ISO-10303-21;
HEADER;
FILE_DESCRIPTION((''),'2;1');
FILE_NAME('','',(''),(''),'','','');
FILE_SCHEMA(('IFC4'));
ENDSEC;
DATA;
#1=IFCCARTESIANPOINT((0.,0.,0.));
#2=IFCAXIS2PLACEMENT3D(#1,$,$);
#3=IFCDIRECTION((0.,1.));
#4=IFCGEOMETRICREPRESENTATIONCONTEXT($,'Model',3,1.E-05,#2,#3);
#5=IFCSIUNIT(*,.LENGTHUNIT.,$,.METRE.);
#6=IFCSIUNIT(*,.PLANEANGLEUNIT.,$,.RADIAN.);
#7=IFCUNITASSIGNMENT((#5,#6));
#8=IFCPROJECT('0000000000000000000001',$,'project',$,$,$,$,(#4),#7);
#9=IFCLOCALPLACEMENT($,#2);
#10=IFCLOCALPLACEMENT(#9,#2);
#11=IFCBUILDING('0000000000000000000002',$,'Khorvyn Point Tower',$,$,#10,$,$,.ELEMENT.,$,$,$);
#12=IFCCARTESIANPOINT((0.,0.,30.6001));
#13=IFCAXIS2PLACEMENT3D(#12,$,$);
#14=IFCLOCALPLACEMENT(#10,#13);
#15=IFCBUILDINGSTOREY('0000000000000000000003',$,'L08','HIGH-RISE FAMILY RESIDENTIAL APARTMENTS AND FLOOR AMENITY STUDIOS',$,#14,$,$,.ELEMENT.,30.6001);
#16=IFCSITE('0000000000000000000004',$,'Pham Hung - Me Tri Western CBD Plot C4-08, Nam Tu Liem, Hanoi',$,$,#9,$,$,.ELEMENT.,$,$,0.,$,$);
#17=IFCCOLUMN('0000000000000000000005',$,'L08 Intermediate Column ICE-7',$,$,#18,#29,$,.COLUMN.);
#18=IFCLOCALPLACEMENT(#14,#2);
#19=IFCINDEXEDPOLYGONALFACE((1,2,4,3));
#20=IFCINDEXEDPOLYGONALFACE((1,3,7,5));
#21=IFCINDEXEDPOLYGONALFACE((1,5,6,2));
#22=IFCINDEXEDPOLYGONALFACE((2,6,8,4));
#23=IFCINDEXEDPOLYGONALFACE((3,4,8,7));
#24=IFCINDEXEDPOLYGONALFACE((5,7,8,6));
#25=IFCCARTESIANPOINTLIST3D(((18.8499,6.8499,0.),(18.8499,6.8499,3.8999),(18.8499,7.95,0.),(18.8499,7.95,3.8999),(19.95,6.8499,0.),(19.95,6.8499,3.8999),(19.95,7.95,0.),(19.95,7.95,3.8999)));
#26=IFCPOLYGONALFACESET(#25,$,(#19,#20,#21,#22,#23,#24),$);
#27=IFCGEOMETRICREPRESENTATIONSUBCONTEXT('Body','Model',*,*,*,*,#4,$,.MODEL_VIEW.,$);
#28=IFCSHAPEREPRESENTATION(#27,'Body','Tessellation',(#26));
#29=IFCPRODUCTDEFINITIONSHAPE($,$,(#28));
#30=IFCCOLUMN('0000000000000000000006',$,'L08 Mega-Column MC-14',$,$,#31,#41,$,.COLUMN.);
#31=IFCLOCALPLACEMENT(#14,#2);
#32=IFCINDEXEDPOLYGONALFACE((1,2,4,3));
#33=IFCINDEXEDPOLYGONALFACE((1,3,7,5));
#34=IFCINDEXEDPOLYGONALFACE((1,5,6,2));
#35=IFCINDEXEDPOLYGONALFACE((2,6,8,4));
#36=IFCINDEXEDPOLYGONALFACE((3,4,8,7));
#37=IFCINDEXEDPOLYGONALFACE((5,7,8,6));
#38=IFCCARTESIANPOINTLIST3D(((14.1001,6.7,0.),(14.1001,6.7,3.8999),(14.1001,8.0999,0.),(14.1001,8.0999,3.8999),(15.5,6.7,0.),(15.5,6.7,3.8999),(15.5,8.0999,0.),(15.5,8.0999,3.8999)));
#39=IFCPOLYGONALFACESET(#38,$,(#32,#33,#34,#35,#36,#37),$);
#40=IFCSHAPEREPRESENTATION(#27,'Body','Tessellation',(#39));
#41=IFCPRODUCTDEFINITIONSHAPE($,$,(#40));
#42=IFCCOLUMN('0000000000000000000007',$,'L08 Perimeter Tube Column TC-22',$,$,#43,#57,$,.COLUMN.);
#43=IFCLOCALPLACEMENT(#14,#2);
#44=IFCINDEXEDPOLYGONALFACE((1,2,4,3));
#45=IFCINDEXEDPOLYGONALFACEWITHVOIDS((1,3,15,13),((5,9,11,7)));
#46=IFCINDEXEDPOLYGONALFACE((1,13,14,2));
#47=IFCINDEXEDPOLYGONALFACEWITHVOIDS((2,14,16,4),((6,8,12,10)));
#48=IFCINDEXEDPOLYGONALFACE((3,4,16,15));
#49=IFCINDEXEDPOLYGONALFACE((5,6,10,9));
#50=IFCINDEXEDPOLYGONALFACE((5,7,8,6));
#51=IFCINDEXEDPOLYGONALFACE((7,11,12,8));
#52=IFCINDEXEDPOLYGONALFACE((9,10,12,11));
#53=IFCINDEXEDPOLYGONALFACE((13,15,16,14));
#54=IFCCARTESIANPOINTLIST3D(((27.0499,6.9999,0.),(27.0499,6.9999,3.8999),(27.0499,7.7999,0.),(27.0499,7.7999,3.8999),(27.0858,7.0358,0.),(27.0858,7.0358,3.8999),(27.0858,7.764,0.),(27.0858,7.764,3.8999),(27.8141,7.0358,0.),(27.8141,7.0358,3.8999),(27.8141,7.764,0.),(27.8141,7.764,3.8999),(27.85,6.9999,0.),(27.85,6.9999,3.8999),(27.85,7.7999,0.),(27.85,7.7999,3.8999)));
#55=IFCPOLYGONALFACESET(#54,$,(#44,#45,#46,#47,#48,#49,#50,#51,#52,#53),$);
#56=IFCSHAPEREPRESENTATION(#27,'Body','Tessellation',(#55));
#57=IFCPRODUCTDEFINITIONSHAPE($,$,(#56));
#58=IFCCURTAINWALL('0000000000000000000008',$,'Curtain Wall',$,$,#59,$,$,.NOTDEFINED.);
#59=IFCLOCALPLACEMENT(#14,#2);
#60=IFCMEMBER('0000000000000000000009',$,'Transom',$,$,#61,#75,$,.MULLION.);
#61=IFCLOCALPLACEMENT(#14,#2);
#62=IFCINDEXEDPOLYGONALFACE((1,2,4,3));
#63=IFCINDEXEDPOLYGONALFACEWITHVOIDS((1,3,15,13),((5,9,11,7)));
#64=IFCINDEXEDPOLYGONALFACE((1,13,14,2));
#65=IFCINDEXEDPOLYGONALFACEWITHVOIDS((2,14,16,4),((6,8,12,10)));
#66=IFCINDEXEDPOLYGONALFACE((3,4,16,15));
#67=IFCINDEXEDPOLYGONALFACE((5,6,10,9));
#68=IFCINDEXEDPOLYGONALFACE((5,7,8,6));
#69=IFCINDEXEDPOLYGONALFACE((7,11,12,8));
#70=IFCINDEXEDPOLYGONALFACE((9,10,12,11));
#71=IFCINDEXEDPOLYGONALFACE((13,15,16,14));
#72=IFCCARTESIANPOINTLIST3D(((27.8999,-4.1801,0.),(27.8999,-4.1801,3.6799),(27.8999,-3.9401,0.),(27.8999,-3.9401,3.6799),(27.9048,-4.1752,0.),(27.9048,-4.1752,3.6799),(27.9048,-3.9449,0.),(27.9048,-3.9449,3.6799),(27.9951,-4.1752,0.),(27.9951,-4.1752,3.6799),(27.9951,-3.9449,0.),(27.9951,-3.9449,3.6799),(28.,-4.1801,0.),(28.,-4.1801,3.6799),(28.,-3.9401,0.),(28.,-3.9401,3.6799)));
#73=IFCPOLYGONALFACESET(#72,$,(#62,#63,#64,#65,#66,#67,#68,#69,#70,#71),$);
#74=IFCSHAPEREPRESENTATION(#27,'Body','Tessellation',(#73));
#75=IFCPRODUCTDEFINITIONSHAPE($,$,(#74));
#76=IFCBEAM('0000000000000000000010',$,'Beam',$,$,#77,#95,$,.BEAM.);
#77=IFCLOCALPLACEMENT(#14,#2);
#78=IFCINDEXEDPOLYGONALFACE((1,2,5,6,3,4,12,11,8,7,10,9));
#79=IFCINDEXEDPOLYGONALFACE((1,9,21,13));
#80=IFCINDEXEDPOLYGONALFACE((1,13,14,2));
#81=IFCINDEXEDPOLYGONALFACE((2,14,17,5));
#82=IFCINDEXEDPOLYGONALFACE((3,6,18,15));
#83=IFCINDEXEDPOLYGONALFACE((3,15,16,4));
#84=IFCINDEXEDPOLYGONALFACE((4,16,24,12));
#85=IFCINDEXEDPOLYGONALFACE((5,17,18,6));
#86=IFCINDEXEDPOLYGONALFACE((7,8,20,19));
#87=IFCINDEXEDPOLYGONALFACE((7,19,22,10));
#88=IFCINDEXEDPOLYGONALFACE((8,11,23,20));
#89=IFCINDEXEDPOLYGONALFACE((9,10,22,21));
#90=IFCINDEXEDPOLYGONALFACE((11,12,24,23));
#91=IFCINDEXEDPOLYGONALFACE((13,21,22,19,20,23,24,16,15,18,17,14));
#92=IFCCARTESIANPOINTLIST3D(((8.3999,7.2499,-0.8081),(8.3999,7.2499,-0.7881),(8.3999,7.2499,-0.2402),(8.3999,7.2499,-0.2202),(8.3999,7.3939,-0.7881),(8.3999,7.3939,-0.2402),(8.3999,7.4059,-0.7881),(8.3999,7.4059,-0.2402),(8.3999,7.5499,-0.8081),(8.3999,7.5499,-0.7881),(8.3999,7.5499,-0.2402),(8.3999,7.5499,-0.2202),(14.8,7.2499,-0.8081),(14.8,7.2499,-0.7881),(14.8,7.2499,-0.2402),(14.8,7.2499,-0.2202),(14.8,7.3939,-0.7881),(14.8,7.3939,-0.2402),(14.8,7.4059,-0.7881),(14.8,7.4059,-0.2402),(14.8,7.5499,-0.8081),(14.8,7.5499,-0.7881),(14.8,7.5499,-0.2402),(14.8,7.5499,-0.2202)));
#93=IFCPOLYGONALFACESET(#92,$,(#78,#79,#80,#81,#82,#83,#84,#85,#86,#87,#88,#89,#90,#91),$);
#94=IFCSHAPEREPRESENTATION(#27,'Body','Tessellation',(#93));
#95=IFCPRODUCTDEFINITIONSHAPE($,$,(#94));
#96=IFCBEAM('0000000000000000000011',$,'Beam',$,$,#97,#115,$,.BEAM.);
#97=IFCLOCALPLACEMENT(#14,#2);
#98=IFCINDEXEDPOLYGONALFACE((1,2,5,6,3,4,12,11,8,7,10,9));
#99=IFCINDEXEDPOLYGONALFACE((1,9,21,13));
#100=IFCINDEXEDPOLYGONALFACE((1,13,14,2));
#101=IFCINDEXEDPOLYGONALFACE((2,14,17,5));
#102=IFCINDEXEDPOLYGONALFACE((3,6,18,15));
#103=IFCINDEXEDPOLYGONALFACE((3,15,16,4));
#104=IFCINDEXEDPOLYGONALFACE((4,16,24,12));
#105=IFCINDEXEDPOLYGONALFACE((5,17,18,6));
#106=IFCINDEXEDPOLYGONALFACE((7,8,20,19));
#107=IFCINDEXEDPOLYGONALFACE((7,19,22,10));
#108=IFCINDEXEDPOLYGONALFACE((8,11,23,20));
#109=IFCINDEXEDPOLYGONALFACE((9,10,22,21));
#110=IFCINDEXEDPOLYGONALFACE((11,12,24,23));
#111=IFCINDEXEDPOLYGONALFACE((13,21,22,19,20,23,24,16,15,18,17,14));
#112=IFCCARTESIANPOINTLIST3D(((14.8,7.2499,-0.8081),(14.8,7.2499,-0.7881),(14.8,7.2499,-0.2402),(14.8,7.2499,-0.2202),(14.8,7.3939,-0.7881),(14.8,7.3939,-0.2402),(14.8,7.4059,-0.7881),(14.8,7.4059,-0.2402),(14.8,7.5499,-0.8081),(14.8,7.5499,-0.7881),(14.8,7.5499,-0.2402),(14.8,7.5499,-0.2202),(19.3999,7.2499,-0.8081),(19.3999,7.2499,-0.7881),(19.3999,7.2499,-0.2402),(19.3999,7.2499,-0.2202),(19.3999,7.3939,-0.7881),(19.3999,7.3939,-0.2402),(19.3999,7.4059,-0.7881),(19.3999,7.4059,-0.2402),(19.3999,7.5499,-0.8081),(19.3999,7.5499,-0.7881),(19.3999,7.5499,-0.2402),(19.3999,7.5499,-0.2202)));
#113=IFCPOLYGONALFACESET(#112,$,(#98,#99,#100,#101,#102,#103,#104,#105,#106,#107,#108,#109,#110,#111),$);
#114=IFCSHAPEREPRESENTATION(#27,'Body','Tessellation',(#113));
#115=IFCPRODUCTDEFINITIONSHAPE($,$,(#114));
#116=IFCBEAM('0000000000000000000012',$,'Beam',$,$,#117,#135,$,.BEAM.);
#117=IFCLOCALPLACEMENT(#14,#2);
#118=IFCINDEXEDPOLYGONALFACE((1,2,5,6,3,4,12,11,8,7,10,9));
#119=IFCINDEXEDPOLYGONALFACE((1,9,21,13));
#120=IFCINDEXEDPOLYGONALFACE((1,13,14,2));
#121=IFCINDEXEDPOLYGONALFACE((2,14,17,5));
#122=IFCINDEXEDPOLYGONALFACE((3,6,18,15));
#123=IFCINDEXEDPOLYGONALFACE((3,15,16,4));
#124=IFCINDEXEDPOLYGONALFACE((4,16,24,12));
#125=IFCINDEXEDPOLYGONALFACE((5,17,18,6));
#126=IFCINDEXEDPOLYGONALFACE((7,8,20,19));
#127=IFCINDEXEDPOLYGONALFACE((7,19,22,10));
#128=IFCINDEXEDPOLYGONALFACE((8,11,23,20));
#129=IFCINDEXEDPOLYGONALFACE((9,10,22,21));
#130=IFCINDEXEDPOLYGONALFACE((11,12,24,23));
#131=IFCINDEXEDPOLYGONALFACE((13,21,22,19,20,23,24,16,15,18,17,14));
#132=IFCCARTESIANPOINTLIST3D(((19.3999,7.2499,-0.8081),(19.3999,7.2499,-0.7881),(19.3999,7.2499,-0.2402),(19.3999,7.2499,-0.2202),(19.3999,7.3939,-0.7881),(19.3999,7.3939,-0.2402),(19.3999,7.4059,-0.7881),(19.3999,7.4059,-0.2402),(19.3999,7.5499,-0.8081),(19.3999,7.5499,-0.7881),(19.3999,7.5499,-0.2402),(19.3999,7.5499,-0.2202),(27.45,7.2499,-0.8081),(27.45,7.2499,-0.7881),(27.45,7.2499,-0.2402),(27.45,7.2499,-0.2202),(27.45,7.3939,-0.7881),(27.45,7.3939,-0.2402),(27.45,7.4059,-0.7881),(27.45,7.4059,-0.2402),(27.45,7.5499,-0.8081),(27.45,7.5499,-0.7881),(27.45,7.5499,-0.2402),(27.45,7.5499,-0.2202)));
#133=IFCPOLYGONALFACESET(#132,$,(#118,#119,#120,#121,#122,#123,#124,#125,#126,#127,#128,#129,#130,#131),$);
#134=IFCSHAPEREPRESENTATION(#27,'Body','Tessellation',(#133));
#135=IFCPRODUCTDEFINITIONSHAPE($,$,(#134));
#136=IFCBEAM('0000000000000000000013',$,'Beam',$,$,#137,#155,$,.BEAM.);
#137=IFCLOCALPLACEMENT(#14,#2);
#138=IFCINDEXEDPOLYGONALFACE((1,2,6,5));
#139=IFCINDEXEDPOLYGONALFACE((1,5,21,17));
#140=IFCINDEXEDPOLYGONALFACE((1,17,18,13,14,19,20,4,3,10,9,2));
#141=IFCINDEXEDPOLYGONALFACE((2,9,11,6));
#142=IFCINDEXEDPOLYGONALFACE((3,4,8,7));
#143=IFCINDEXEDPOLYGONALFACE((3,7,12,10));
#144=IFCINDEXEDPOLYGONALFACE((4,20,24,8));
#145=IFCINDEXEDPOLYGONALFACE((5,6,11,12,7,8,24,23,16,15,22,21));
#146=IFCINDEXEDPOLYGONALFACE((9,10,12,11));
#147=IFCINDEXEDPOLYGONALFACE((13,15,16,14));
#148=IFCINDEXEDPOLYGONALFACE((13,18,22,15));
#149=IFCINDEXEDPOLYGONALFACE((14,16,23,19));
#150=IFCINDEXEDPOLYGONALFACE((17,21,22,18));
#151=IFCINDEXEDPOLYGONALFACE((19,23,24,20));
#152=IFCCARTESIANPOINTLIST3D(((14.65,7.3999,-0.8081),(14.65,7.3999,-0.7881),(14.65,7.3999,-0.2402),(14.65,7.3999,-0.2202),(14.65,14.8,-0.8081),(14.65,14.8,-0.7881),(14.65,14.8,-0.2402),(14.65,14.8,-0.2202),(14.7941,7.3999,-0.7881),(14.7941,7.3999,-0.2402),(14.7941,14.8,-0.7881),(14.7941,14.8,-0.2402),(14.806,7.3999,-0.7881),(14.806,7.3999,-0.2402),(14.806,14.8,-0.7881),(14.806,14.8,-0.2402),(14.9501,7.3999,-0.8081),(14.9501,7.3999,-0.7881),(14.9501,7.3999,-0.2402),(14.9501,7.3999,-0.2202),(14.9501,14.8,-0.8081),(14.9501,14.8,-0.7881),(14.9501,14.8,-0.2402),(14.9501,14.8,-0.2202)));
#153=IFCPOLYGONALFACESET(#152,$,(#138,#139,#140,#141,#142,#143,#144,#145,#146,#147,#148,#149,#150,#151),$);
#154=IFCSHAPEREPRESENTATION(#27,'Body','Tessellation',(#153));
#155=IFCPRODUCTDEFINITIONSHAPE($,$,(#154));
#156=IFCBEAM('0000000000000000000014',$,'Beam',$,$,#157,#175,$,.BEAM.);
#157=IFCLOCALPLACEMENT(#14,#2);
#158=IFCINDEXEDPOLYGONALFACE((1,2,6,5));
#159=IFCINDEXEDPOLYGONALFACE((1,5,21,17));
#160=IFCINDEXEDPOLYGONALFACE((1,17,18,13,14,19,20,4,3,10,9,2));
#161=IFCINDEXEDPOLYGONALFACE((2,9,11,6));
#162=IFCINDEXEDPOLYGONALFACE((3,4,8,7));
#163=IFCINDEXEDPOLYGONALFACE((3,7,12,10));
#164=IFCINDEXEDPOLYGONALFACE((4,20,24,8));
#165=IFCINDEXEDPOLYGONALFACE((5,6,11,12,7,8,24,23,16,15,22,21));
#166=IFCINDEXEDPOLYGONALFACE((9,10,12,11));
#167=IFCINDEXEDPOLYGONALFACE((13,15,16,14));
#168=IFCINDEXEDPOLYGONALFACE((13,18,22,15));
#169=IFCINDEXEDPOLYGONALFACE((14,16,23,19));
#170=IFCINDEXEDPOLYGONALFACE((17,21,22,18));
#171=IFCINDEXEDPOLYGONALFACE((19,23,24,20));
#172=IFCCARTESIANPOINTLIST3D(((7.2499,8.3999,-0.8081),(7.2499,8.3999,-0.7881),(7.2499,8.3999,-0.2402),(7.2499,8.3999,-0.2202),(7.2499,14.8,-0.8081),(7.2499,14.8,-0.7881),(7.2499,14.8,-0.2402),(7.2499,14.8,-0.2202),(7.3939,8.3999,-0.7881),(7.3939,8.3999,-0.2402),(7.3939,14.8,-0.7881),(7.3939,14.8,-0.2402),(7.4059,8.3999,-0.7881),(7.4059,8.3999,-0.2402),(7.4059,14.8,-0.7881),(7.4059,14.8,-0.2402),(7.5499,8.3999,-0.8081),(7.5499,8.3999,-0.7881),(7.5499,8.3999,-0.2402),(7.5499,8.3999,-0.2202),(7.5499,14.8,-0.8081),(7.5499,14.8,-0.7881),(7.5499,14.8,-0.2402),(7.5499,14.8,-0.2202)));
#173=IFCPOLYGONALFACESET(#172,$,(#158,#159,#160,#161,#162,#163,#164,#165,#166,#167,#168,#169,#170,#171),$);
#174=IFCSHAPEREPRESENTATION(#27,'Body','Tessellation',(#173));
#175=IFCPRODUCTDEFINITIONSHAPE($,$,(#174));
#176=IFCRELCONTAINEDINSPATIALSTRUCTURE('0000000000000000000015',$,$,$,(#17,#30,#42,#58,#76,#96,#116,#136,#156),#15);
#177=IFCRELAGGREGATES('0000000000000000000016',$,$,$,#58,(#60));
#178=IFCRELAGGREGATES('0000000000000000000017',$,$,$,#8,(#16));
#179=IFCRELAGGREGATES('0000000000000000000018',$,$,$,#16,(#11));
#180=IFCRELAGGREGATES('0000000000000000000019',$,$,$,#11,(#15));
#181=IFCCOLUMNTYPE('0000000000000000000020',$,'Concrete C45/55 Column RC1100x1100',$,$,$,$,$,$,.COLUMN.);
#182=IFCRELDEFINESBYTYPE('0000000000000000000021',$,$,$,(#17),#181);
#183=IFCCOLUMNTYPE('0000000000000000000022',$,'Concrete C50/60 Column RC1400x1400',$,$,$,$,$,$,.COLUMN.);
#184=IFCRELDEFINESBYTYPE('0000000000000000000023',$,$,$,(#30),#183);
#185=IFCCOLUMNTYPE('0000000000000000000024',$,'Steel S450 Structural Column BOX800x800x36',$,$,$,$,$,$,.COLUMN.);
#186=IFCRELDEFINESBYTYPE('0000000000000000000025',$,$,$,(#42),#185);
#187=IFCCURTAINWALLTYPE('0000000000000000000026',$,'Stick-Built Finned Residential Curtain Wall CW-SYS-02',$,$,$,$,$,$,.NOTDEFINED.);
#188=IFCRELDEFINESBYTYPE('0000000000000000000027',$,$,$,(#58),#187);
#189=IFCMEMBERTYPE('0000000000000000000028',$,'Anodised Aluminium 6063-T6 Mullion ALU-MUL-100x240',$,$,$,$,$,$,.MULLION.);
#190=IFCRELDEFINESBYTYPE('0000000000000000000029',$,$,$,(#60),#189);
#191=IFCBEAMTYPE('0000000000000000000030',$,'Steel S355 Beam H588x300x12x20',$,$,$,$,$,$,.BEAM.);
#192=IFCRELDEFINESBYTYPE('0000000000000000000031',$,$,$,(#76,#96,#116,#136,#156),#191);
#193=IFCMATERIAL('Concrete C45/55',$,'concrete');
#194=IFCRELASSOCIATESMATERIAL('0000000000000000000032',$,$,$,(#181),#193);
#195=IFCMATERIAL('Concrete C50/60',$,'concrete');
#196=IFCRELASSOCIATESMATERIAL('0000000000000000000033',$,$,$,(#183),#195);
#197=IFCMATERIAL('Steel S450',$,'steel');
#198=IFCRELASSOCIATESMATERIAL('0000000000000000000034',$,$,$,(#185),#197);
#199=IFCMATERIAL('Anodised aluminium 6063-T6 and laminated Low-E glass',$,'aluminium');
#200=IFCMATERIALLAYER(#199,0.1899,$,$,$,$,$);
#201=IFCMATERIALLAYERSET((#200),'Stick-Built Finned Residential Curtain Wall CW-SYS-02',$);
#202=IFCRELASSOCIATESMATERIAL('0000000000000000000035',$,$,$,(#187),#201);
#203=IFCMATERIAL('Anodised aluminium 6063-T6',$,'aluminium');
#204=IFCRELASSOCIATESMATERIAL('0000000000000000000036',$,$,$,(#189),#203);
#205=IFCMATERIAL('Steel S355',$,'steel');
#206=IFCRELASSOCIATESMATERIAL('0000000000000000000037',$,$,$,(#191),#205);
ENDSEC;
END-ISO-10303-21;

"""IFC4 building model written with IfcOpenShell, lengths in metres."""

from ifc_helpers import new_model, si_unit, direction, frame, origin, origin_2d, place, context, subcontext, project, spatial, rectangle, hollow_rectangle, i_section, extrude, material, layer, layer_set, material_profile, profile_set, type_object, element, aggregate, save


model = new_model("IFC4")

# Units and contexts
model_context = context("Model", 3, precision=1e-05, world=origin(), true_north=direction((0.0, 1.0)))
body_context = subcontext(model_context, "Body", "Model", "MODEL_VIEW")
ifc_project = project(units=[si_unit("LENGTHUNIT", "METRE"), si_unit("PLANEANGLEUNIT", "RADIAN")], contexts=[model_context])

# Site, building, storey
site_placement = place(None, origin())
site = spatial("IfcSite", under=ifc_project, at=site_placement, Name="Pham Hung - Me Tri Western CBD Plot C4-08, Nam Tu Liem, Hanoi", CompositionType="ELEMENT", RefElevation=0.0)
building_placement = place(site_placement, origin())
building = spatial("IfcBuilding", under=site, at=building_placement, Name="Khorvyn Point Tower", CompositionType="ELEMENT")
storey_placement = place(building_placement, frame((0.0, 0.0, 30.6001)))
storey = spatial("IfcBuildingStorey", under=building, at=storey_placement, Name="L08", Description="HIGH-RISE FAMILY RESIDENTIAL APARTMENTS AND FLOOR AMENITY STUDIOS", CompositionType="ELEMENT", Elevation=30.6001)

# Columns
ifc_material_1 = material(Name="Concrete C45/55", Category="concrete")
ifc_material_profile_1 = material_profile(ifc_material_1, rectangle(XDim=1.1001, YDim=1.1001, at=origin_2d()))
ifc_profile_set_1 = profile_set([ifc_material_profile_1], Name="Concrete C45/55 RC1100x1100")
column_type_1 = type_object("IfcColumnType", Name="Concrete C45/55 Column RC1100x1100", PredefinedType="COLUMN", material=ifc_profile_set_1)
column_1_placement = place(storey_placement, frame((19.3999, 7.3999, 0.0), z_axis=(0.0, 0.0, 1.0), x_axis=(1.0, 0.0, 0.0)))
element("IfcColumn", 1, at=column_1_placement, inside=storey, type_object=column_type_1, Name="L08 Intermediate Column ICE-7", PredefinedType="COLUMN", context=body_context, shape_type="SweptSolid", body=[
    extrude(rectangle(XDim=1.1001, YDim=1.1001, at=origin_2d()), origin(), (0.0, 0.0, 1.0), 3.8999),
])
ifc_material_2 = material(Name="Concrete C50/60", Category="concrete")
ifc_material_profile_2 = material_profile(ifc_material_2, rectangle(XDim=1.3999, YDim=1.3999, at=origin_2d()))
ifc_profile_set_2 = profile_set([ifc_material_profile_2], Name="Concrete C50/60 RC1400x1400")
column_type_2 = type_object("IfcColumnType", Name="Concrete C50/60 Column RC1400x1400", PredefinedType="COLUMN", material=ifc_profile_set_2)
column_2_placement = place(storey_placement, frame((14.8, 7.3999, 0.0), z_axis=(0.0, 0.0, 1.0), x_axis=(1.0, 0.0, 0.0)))
element("IfcColumn", 2, at=column_2_placement, inside=storey, type_object=column_type_2, Name="L08 Mega-Column MC-14", PredefinedType="COLUMN", context=body_context, shape_type="SweptSolid", body=[
    extrude(rectangle(XDim=1.3999, YDim=1.3999, at=origin_2d()), origin(), (0.0, 0.0, 1.0), 3.8999),
])
ifc_material_3 = material(Name="Steel S450", Category="steel")
ifc_material_profile_3 = material_profile(ifc_material_3, hollow_rectangle(XDim=0.8, YDim=0.8, WallThickness=0.0359, at=origin_2d()))
ifc_profile_set_3 = profile_set([ifc_material_profile_3], Name="Steel S450 BOX800x800x36")
column_type_3 = type_object("IfcColumnType", Name="Steel S450 Structural Column BOX800x800x36", PredefinedType="COLUMN", material=ifc_profile_set_3)
column_3_placement = place(storey_placement, frame((27.45, 7.3999, 0.0), z_axis=(0.0, 0.0, 1.0), x_axis=(1.0, 0.0, 0.0)))
element("IfcColumn", 3, at=column_3_placement, inside=storey, type_object=column_type_3, Name="L08 Perimeter Tube Column TC-22", PredefinedType="COLUMN", context=body_context, shape_type="SweptSolid", body=[
    extrude(hollow_rectangle(XDim=0.8, YDim=0.8, WallThickness=0.0359, at=origin_2d()), origin(), (0.0, 0.0, 1.0), 3.8999),
])

# Curtain wall, member
ifc_material_4 = material(Name="Anodised aluminium 6063-T6 and laminated Low-E glass", Category="aluminium")
ifc_layer_1 = layer(ifc_material_4, 0.1899)
ifc_layer_set_1 = layer_set([ifc_layer_1], Name="Stick-Built Finned Residential Curtain Wall CW-SYS-02")
curtain_wall_type = type_object("IfcCurtainWallType", Name="Stick-Built Finned Residential Curtain Wall CW-SYS-02", PredefinedType="NOTDEFINED", material=ifc_layer_set_1)
curtain_wall_placement = place(storey_placement, origin())
curtain_wall = element("IfcCurtainWall", 4, at=curtain_wall_placement, inside=storey, type_object=curtain_wall_type, Name="Curtain Wall", PredefinedType="NOTDEFINED")
ifc_material_5 = material(Name="Anodised aluminium 6063-T6", Category="aluminium")
ifc_material_profile_4 = material_profile(ifc_material_5, hollow_rectangle(XDim=0.1001, YDim=0.24, WallThickness=0.0049, at=origin_2d()))
ifc_profile_set_4 = profile_set([ifc_material_profile_4], Name="Anodised aluminium 6063-T6 ALU-MUL-100x240")
member_type = type_object("IfcMemberType", Name="Anodised Aluminium 6063-T6 Mullion ALU-MUL-100x240", PredefinedType="MULLION", material=ifc_profile_set_4)
member_placement = place(storey_placement, frame((27.95, -4.0601, 0.0), z_axis=(0.0, 0.0, 1.0), x_axis=(1.0, 0.0, 0.0)))
member = element("IfcMember", 5, at=member_placement, type_object=member_type, Name="Transom", PredefinedType="MULLION", context=body_context, shape_type="SweptSolid", body=[
    extrude(hollow_rectangle(XDim=0.1001, YDim=0.24, WallThickness=0.0049, at=origin_2d()), origin(), (0.0, 0.0, 1.0), 3.6799),
])

# Beams
ifc_material_6 = material(Name="Steel S355", Category="steel")
ifc_material_profile_5 = material_profile(ifc_material_6, i_section(OverallWidth=0.3, OverallDepth=0.5879, WebThickness=0.012, FlangeThickness=0.02, at=origin_2d()))
ifc_profile_set_5 = profile_set([ifc_material_profile_5], Name="Steel S355 H588x300x12x20")
beam_type_1 = type_object("IfcBeamType", Name="Steel S355 Beam H588x300x12x20", PredefinedType="BEAM", material=ifc_profile_set_5)
beam_1_placement = place(storey_placement, frame((8.3999, 7.3999, -0.5142), z_axis=(1.0, 0.0, 0.0), x_axis=(0.0, 1.0, 0.0)))
element("IfcBeam", 6, at=beam_1_placement, inside=storey, type_object=beam_type_1, Name="Beam", PredefinedType="BEAM", context=body_context, shape_type="SweptSolid", body=[
    extrude(i_section(OverallWidth=0.3, OverallDepth=0.5879, WebThickness=0.012, FlangeThickness=0.02, at=origin_2d()), origin(), (0.0, 0.0, 1.0), 6.4001),
])
beam_2_placement = place(storey_placement, frame((14.8, 7.3999, -0.5142), z_axis=(1.0, 0.0, 0.0), x_axis=(0.0, 1.0, 0.0)))
element("IfcBeam", 7, at=beam_2_placement, inside=storey, type_object=beam_type_1, Name="Beam", PredefinedType="BEAM", context=body_context, shape_type="SweptSolid", body=[
    extrude(i_section(OverallWidth=0.3, OverallDepth=0.5879, WebThickness=0.012, FlangeThickness=0.02, at=origin_2d()), origin(), (0.0, 0.0, 1.0), 4.5999),
])
beam_3_placement = place(storey_placement, frame((19.3999, 7.3999, -0.5142), z_axis=(1.0, 0.0, 0.0), x_axis=(0.0, 1.0, 0.0)))
element("IfcBeam", 8, at=beam_3_placement, inside=storey, type_object=beam_type_1, Name="Beam", PredefinedType="BEAM", context=body_context, shape_type="SweptSolid", body=[
    extrude(i_section(OverallWidth=0.3, OverallDepth=0.5879, WebThickness=0.012, FlangeThickness=0.02, at=origin_2d()), origin(), (0.0, 0.0, 1.0), 8.05),
])
beam_4_placement = place(storey_placement, frame((14.8, 7.3999, -0.5142), z_axis=(0.0, 1.0, 0.0), x_axis=(-1.0, 0.0, 0.0)))
element("IfcBeam", 9, at=beam_4_placement, inside=storey, type_object=beam_type_1, Name="Beam", PredefinedType="BEAM", context=body_context, shape_type="SweptSolid", body=[
    extrude(i_section(OverallWidth=0.3, OverallDepth=0.5879, WebThickness=0.012, FlangeThickness=0.02, at=origin_2d()), origin(), (0.0, 0.0, 1.0), 7.4001),
])
beam_5_placement = place(storey_placement, frame((7.3999, 8.3999, -0.5142), z_axis=(0.0, 1.0, 0.0), x_axis=(-1.0, 0.0, 0.0)))
element("IfcBeam", 10, at=beam_5_placement, inside=storey, type_object=beam_type_1, Name="Beam", PredefinedType="BEAM", context=body_context, shape_type="SweptSolid", body=[
    extrude(i_section(OverallWidth=0.3, OverallDepth=0.5879, WebThickness=0.012, FlangeThickness=0.02, at=origin_2d()), origin(), (0.0, 0.0, 1.0), 6.4001),
])

aggregate(curtain_wall, [member])

save(model, "model.ifc")
